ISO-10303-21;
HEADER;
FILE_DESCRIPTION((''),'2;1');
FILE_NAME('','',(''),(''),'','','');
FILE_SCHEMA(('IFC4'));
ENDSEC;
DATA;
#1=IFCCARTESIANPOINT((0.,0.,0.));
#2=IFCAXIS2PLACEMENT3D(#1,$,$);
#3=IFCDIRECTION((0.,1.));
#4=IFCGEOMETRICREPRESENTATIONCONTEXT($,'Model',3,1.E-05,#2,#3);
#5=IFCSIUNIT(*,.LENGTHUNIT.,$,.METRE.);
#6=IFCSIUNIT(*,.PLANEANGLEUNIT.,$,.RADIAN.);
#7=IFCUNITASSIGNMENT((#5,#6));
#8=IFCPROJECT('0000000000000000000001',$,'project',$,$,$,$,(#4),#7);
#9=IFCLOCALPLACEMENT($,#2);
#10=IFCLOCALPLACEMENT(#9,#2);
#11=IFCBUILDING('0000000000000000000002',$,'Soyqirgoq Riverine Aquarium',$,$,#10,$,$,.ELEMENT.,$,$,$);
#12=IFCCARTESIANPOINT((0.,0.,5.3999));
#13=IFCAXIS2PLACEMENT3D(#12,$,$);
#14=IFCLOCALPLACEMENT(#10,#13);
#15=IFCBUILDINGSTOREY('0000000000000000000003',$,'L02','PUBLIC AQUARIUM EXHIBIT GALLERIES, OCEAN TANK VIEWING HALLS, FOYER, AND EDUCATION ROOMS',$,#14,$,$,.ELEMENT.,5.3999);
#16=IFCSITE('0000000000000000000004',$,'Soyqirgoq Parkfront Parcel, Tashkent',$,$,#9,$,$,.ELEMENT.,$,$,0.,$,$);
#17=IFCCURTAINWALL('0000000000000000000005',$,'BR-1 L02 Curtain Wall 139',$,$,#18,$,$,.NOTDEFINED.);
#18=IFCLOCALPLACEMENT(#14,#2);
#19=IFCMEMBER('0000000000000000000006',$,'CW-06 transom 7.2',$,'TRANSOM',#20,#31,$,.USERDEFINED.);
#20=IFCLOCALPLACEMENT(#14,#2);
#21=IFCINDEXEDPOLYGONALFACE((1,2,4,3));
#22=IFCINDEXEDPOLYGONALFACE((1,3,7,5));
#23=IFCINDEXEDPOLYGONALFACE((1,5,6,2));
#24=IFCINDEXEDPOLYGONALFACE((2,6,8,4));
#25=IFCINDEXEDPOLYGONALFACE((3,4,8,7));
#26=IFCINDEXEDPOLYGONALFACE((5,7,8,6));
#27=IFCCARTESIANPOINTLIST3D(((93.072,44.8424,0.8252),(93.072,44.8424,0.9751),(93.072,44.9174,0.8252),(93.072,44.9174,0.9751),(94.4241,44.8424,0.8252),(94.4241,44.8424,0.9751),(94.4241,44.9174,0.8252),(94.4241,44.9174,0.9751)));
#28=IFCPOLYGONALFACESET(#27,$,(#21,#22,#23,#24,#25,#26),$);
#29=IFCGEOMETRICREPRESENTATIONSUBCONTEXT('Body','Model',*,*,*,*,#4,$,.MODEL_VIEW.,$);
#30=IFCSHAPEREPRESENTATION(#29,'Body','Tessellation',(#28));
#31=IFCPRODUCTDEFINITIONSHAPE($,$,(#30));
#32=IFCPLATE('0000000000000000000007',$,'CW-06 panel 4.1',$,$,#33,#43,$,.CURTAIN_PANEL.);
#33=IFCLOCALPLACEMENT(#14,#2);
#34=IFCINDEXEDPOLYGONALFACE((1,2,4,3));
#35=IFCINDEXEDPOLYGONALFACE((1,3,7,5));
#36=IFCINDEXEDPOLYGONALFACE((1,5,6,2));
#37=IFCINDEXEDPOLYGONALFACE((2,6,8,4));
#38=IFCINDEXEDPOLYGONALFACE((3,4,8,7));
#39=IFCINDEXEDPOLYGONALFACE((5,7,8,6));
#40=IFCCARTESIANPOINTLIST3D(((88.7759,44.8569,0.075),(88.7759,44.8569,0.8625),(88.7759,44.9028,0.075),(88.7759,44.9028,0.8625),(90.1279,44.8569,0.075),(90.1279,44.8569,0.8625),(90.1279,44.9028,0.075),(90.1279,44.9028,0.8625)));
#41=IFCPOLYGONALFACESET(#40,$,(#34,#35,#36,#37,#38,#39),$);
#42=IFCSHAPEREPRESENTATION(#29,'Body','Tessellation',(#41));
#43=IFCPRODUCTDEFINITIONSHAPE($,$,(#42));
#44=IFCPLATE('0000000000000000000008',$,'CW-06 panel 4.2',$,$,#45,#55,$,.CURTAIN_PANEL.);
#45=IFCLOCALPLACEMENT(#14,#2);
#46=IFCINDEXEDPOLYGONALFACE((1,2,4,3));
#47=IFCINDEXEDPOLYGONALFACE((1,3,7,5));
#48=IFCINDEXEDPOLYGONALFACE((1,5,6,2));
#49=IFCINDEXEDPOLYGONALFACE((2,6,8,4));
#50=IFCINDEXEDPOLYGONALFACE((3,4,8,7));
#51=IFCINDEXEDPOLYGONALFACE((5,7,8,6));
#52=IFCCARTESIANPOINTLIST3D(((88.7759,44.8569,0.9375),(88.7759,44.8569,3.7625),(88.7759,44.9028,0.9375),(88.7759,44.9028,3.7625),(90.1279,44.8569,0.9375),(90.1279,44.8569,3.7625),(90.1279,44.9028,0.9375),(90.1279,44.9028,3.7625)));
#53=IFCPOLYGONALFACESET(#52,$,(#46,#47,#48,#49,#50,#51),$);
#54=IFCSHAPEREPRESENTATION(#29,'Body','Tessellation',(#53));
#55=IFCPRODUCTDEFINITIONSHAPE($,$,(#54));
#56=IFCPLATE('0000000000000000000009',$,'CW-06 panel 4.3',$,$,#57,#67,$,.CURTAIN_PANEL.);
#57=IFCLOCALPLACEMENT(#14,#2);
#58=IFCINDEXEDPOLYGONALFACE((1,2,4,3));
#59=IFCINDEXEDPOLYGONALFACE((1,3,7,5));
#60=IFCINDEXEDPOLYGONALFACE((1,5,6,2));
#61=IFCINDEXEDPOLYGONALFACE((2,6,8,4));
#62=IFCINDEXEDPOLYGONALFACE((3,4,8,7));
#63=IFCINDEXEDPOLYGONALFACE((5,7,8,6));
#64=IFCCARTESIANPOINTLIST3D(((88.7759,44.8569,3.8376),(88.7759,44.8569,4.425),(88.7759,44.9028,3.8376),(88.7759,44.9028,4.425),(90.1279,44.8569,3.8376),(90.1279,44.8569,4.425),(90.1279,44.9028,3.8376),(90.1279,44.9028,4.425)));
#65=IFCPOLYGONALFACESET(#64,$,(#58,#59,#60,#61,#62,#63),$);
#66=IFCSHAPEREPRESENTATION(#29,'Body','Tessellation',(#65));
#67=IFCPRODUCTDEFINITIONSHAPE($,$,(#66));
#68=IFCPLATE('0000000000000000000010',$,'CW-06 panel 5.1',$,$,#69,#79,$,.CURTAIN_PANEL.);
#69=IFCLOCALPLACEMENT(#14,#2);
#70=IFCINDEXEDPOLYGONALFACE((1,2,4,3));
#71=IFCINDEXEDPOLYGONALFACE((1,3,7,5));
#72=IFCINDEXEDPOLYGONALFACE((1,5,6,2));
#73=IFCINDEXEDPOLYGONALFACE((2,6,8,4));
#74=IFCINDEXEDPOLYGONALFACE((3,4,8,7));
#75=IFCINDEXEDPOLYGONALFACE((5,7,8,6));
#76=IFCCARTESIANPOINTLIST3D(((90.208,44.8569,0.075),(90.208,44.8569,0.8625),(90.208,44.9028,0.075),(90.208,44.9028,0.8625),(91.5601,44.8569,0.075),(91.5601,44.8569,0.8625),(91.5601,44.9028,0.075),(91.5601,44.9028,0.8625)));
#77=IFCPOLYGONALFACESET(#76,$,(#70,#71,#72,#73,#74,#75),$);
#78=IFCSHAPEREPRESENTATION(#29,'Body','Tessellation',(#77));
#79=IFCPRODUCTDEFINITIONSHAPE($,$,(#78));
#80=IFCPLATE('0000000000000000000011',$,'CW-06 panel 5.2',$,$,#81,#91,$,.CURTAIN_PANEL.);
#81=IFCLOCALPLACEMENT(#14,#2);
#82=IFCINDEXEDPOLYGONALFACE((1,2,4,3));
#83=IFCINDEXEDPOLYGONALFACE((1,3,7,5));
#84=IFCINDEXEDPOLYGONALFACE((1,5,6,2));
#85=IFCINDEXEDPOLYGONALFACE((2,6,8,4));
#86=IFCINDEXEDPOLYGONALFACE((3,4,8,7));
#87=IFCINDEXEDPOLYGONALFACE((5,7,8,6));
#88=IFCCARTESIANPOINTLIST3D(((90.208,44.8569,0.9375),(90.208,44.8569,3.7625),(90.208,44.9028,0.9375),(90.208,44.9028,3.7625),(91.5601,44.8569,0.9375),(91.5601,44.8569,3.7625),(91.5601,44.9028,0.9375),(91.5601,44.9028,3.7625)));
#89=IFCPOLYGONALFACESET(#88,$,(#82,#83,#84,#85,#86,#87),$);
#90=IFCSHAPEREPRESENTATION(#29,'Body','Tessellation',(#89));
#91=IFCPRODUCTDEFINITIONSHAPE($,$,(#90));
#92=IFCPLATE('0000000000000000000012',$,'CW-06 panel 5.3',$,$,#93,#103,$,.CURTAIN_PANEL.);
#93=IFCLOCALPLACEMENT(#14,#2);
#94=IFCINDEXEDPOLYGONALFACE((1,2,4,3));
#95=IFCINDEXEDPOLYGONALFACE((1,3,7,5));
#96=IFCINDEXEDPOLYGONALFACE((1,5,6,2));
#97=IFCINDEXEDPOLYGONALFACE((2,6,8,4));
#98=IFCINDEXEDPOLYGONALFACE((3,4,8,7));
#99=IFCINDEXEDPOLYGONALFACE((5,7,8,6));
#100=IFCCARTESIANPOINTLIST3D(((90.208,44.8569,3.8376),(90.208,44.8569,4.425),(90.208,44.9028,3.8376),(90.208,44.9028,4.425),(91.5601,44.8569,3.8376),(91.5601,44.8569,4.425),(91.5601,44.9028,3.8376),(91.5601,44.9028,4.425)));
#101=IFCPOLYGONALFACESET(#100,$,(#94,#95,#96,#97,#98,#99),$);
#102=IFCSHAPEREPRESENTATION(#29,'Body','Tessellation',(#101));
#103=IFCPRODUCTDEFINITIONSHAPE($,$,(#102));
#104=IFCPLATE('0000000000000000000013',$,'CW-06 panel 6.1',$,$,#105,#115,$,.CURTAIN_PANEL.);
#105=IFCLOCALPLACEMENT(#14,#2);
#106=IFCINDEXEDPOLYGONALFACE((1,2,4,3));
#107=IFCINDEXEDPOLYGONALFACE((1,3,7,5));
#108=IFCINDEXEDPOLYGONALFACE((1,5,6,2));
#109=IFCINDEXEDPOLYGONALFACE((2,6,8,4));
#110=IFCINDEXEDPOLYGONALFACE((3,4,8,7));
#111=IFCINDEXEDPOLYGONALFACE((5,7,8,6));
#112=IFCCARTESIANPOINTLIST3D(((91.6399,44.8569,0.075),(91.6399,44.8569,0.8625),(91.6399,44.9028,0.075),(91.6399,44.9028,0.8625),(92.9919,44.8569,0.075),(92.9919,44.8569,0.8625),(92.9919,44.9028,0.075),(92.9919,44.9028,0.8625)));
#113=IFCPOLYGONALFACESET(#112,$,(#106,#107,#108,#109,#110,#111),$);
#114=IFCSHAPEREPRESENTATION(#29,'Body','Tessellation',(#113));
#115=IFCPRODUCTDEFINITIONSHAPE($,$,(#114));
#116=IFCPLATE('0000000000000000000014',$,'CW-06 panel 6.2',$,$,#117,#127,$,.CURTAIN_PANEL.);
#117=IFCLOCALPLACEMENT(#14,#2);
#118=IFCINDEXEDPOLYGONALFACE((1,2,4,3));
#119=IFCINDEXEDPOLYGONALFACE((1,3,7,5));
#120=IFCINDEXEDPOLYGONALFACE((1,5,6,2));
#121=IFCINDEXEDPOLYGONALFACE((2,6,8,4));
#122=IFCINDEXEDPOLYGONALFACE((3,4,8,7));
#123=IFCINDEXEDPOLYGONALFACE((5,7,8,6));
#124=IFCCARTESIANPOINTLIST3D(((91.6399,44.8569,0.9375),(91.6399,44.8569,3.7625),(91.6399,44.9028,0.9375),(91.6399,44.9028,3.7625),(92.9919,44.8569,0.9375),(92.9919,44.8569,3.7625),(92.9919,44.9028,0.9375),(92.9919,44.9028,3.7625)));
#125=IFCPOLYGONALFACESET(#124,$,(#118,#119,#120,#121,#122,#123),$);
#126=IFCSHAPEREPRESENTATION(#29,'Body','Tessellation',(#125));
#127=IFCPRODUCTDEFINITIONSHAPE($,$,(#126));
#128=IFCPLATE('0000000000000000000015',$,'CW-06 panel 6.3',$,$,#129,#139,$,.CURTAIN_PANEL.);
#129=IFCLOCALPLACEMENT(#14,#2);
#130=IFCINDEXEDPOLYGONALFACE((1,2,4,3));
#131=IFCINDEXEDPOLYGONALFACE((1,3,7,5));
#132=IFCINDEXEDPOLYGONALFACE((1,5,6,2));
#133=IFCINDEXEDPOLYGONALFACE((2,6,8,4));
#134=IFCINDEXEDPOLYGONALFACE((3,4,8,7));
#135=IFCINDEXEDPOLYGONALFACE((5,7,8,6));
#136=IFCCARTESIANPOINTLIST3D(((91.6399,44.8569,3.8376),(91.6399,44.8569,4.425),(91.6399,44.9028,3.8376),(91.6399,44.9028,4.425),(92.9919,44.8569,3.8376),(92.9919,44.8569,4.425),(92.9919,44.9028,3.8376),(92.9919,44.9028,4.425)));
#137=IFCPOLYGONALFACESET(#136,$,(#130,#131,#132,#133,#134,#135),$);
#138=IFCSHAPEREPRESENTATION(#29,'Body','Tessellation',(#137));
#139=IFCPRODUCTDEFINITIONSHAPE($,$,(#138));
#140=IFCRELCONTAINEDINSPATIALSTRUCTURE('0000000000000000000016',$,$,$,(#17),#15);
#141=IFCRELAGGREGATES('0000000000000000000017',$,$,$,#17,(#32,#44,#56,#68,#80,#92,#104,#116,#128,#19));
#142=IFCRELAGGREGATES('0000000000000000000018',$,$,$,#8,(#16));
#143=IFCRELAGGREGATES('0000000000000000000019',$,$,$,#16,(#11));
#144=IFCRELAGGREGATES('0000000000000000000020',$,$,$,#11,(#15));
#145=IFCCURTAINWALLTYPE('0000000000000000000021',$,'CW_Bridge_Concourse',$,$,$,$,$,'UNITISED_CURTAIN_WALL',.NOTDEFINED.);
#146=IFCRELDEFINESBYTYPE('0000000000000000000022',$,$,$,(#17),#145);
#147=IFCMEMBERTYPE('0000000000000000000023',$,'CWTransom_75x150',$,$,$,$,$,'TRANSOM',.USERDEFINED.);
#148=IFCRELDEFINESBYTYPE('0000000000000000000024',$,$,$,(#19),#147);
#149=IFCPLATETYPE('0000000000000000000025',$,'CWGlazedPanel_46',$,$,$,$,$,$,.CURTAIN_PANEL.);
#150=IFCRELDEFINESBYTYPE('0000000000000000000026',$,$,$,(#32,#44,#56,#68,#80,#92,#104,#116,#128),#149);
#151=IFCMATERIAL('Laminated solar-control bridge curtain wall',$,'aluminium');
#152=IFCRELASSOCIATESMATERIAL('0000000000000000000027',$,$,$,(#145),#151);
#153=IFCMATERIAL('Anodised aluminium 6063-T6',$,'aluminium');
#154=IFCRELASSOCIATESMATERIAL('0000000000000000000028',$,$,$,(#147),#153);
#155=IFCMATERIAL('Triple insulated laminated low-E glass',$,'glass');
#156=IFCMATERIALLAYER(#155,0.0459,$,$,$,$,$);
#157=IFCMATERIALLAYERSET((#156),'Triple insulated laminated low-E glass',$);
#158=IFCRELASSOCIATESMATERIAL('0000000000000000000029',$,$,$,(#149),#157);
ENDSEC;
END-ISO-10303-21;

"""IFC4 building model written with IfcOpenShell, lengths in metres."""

from ifc_helpers import new_model, si_unit, direction, frame, origin, origin_2d, place, context, subcontext, project, spatial, rectangle, extrude, material, layer, layer_set, material_profile, profile_set, type_object, element, aggregate, save


model = new_model("IFC4")

# Units and contexts
model_context = context("Model", 3, precision=1e-05, world=origin(), true_north=direction((0.0, 1.0)))
body_context = subcontext(model_context, "Body", "Model", "MODEL_VIEW")
ifc_project = project(units=[si_unit("LENGTHUNIT", "METRE"), si_unit("PLANEANGLEUNIT", "RADIAN")], contexts=[model_context])

# Site, building, storey
site_placement = place(None, origin())
site = spatial("IfcSite", under=ifc_project, at=site_placement, Name="Soyqirgoq Parkfront Parcel, Tashkent", CompositionType="ELEMENT", RefElevation=0.0)
building_placement = place(site_placement, origin())
building = spatial("IfcBuilding", under=site, at=building_placement, Name="Soyqirgoq Riverine Aquarium", CompositionType="ELEMENT")
storey_placement = place(building_placement, frame((0.0, 0.0, 5.3999)))
storey = spatial("IfcBuildingStorey", under=building, at=storey_placement, Name="L02", Description="PUBLIC AQUARIUM EXHIBIT GALLERIES, OCEAN TANK VIEWING HALLS, FOYER, AND EDUCATION ROOMS", CompositionType="ELEMENT", Elevation=5.3999)

# Curtain wall, member, plates
ifc_material_1 = material(Name="Laminated solar-control bridge curtain wall", Category="aluminium")
curtain_wall_type = type_object("IfcCurtainWallType", Name="CW_Bridge_Concourse", ElementType="UNITISED_CURTAIN_WALL", PredefinedType="NOTDEFINED", material=ifc_material_1)
curtain_wall_placement = place(storey_placement, origin())
curtain_wall = element("IfcCurtainWall", 1, at=curtain_wall_placement, inside=storey, type_object=curtain_wall_type, Name="BR-1 L02 Curtain Wall 139", PredefinedType="NOTDEFINED")
ifc_material_2 = material(Name="Anodised aluminium 6063-T6", Category="aluminium")
ifc_material_profile_1 = material_profile(ifc_material_2, rectangle(XDim=0.075, YDim=0.1499, at=origin_2d()), Name="ALU-T 75x150")
ifc_profile_set_1 = profile_set([ifc_material_profile_1], Name="Anodised aluminium 6063-T6")
member_type_1 = type_object("IfcMemberType", Name="CWTransom_75x150", ElementType="TRANSOM", PredefinedType="USERDEFINED", material=ifc_profile_set_1)
member_1_placement = place(storey_placement, frame((93.072, 44.8799, 0.9001), z_axis=(1.0, 0.0, 0.0), x_axis=(0.0, 1.0, 0.0)))
member_1 = element("IfcMember", 2, at=member_1_placement, type_object=member_type_1, Name="CW-06 transom 7.2", ObjectType="TRANSOM", PredefinedType="USERDEFINED", context=body_context, shape_type="SweptSolid", body=[
    extrude(rectangle(XDim=0.075, YDim=0.1499, at=origin_2d()), origin(), (0.0, 0.0, 1.0), 1.3521),
])
ifc_material_3 = material(Name="Triple insulated laminated low-E glass", Category="glass")
ifc_layer = layer(ifc_material_3, 0.0459)
ifc_layer_set = layer_set([ifc_layer], Name="Triple insulated laminated low-E glass")
plate_type = type_object("IfcPlateType", Name="CWGlazedPanel_46", PredefinedType="CURTAIN_PANEL", material=ifc_layer_set)
plate_1_placement = place(storey_placement, frame((89.4519, 44.8799, 0.075), z_axis=(0.0, 0.0, 1.0), x_axis=(1.0, 0.0, 0.0)))
plate_1 = element("IfcPlate", 3, at=plate_1_placement, type_object=plate_type, Name="CW-06 panel 4.1", PredefinedType="CURTAIN_PANEL", context=body_context, shape_type="SweptSolid", body=[
    extrude(rectangle(XDim=1.3521, YDim=0.0459, at=origin_2d()), origin(), (0.0, 0.0, 1.0), 0.7876),
])
plate_2_placement = place(storey_placement, frame((89.4519, 44.8799, 0.9375), z_axis=(0.0, 0.0, 1.0), x_axis=(1.0, 0.0, 0.0)))
plate_2 = element("IfcPlate", 4, at=plate_2_placement, type_object=plate_type, Name="CW-06 panel 4.2", PredefinedType="CURTAIN_PANEL", context=body_context, shape_type="SweptSolid", body=[
    extrude(rectangle(XDim=1.3521, YDim=0.0459, at=origin_2d()), origin(), (0.0, 0.0, 1.0), 2.825),
])
plate_3_placement = place(storey_placement, frame((89.4519, 44.8799, 3.8376), z_axis=(0.0, 0.0, 1.0), x_axis=(1.0, 0.0, 0.0)))
plate_3 = element("IfcPlate", 5, at=plate_3_placement, type_object=plate_type, Name="CW-06 panel 4.3", PredefinedType="CURTAIN_PANEL", context=body_context, shape_type="SweptSolid", body=[
    extrude(rectangle(XDim=1.3521, YDim=0.0459, at=origin_2d()), origin(), (0.0, 0.0, 1.0), 0.5874),
])
plate_4_placement = place(storey_placement, frame((90.884, 44.8799, 0.075), z_axis=(0.0, 0.0, 1.0), x_axis=(1.0, 0.0, 0.0)))
plate_4 = element("IfcPlate", 6, at=plate_4_placement, type_object=plate_type, Name="CW-06 panel 5.1", PredefinedType="CURTAIN_PANEL", context=body_context, shape_type="SweptSolid", body=[
    extrude(rectangle(XDim=1.3521, YDim=0.0459, at=origin_2d()), origin(), (0.0, 0.0, 1.0), 0.7876),
])
plate_5_placement = place(storey_placement, frame((90.884, 44.8799, 0.9375), z_axis=(0.0, 0.0, 1.0), x_axis=(1.0, 0.0, 0.0)))
plate_5 = element("IfcPlate", 7, at=plate_5_placement, type_object=plate_type, Name="CW-06 panel 5.2", PredefinedType="CURTAIN_PANEL", context=body_context, shape_type="SweptSolid", body=[
    extrude(rectangle(XDim=1.3521, YDim=0.0459, at=origin_2d()), origin(), (0.0, 0.0, 1.0), 2.825),
])
plate_6_placement = place(storey_placement, frame((90.884, 44.8799, 3.8376), z_axis=(0.0, 0.0, 1.0), x_axis=(1.0, 0.0, 0.0)))
plate_6 = element("IfcPlate", 8, at=plate_6_placement, type_object=plate_type, Name="CW-06 panel 5.3", PredefinedType="CURTAIN_PANEL", context=body_context, shape_type="SweptSolid", body=[
    extrude(rectangle(XDim=1.3521, YDim=0.0459, at=origin_2d()), origin(), (0.0, 0.0, 1.0), 0.5874),
])
plate_7_placement = place(storey_placement, frame((92.3159, 44.8799, 0.075), z_axis=(0.0, 0.0, 1.0), x_axis=(1.0, 0.0, 0.0)))
plate_7 = element("IfcPlate", 9, at=plate_7_placement, type_object=plate_type, Name="CW-06 panel 6.1", PredefinedType="CURTAIN_PANEL", context=body_context, shape_type="SweptSolid", body=[
    extrude(rectangle(XDim=1.3521, YDim=0.0459, at=origin_2d()), origin(), (0.0, 0.0, 1.0), 0.7876),
])
plate_8_placement = place(storey_placement, frame((92.3159, 44.8799, 0.9375), z_axis=(0.0, 0.0, 1.0), x_axis=(1.0, 0.0, 0.0)))
plate_8 = element("IfcPlate", 10, at=plate_8_placement, type_object=plate_type, Name="CW-06 panel 6.2", PredefinedType="CURTAIN_PANEL", context=body_context, shape_type="SweptSolid", body=[
    extrude(rectangle(XDim=1.3521, YDim=0.0459, at=origin_2d()), origin(), (0.0, 0.0, 1.0), 2.825),
])
plate_9_placement = place(storey_placement, frame((92.3159, 44.8799, 3.8376), z_axis=(0.0, 0.0, 1.0), x_axis=(1.0, 0.0, 0.0)))
plate_9 = element("IfcPlate", 11, at=plate_9_placement, type_object=plate_type, Name="CW-06 panel 6.3", PredefinedType="CURTAIN_PANEL", context=body_context, shape_type="SweptSolid", body=[
    extrude(rectangle(XDim=1.3521, YDim=0.0459, at=origin_2d()), origin(), (0.0, 0.0, 1.0), 0.5874),
])
aggregate(curtain_wall, [plate_1, plate_2, plate_3, plate_4, plate_5, plate_6, plate_7, plate_8, plate_9, member_1])

save(model, "model.ifc")
